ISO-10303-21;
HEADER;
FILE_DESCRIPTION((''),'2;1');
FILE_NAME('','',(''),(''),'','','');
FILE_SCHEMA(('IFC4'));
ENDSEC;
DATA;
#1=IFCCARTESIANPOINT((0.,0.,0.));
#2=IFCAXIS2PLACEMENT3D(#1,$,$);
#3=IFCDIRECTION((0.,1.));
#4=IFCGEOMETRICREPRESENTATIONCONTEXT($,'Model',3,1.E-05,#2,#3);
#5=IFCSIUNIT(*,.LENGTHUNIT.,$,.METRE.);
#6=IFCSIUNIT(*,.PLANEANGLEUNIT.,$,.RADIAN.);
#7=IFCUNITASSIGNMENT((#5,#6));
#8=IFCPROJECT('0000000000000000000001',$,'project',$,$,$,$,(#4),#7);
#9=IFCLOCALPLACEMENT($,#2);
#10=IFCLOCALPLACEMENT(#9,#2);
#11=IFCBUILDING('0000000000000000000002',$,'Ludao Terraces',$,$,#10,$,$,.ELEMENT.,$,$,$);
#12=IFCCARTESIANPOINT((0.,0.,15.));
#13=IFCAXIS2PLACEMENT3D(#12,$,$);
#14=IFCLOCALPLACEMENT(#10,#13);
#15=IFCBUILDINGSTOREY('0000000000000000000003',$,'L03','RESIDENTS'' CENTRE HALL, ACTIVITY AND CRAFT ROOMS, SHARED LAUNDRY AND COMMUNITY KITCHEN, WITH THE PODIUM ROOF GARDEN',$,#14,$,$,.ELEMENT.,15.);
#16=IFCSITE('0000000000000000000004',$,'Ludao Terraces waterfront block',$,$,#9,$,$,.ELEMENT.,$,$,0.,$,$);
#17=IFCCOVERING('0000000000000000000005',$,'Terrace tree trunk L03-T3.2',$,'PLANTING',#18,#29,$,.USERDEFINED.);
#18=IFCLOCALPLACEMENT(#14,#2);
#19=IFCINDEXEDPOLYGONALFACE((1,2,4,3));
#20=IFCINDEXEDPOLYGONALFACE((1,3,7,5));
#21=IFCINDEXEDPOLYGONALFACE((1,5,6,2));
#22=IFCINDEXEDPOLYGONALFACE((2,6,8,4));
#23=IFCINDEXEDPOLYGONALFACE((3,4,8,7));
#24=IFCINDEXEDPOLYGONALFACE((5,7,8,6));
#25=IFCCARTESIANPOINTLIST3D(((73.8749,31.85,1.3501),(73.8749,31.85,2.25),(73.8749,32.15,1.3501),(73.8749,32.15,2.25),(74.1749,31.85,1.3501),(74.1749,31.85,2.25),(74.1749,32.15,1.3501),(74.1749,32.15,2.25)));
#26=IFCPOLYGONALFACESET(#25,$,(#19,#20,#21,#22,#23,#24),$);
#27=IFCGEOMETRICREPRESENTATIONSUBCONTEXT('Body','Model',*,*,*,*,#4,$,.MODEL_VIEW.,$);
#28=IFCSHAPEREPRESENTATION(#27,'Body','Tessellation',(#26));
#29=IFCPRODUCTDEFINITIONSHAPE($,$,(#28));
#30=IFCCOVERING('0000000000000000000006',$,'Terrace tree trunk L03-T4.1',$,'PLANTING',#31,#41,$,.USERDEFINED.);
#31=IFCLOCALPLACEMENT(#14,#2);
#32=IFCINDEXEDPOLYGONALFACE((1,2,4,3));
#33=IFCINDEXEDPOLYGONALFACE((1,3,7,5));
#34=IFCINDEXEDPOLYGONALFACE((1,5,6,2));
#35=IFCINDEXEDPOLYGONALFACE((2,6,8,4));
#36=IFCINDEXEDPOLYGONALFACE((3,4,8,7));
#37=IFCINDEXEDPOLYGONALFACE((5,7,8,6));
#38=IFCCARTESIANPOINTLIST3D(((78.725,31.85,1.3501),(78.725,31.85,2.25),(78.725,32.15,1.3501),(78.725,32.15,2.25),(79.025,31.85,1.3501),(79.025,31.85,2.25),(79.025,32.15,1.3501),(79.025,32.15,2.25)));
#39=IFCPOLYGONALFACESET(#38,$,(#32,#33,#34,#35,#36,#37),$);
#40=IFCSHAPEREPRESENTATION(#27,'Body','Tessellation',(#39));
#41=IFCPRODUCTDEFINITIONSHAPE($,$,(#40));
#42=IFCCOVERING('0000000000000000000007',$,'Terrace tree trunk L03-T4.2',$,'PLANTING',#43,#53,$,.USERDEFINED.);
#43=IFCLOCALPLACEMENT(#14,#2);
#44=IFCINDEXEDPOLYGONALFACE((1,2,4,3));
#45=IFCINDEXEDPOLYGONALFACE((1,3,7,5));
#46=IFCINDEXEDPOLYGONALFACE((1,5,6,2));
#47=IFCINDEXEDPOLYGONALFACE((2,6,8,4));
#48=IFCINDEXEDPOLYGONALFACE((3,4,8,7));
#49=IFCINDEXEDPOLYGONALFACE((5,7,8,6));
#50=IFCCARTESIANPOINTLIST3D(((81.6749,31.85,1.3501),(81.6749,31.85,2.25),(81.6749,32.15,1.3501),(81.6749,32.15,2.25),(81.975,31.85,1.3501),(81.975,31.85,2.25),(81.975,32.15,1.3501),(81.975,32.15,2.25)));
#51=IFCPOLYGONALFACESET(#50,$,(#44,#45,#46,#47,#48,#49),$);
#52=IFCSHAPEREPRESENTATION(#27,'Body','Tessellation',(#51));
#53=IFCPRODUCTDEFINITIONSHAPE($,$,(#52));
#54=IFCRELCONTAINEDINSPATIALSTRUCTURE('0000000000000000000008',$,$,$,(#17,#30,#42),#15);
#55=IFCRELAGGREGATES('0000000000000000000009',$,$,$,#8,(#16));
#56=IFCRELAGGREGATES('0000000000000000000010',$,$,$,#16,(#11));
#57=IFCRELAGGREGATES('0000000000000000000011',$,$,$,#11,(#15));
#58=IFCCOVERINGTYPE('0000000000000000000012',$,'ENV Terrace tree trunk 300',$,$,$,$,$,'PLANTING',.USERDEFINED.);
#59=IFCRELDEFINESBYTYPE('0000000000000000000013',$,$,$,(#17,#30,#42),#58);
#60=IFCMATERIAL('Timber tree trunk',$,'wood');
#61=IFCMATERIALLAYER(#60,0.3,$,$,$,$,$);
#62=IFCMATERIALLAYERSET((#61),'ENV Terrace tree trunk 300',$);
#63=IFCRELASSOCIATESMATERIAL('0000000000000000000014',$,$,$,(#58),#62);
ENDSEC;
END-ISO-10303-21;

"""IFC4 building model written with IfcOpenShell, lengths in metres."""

from ifc_helpers import new_model, si_unit, direction, frame, origin, origin_2d, place, context, subcontext, project, spatial, rectangle, extrude, material, layer, layer_set, type_object, element, save


model = new_model("IFC4")

# Units and contexts
model_context = context("Model", 3, precision=1e-05, world=origin(), true_north=direction((0.0, 1.0)))
body_context = subcontext(model_context, "Body", "Model", "MODEL_VIEW")
ifc_project = project(units=[si_unit("LENGTHUNIT", "METRE"), si_unit("PLANEANGLEUNIT", "RADIAN")], contexts=[model_context])

# Site, building, storey
site_placement = place(None, origin())
site = spatial("IfcSite", under=ifc_project, at=site_placement, Name="Ludao Terraces waterfront block", CompositionType="ELEMENT", RefElevation=0.0)
building_placement = place(site_placement, origin())
building = spatial("IfcBuilding", under=site, at=building_placement, Name="Ludao Terraces", CompositionType="ELEMENT")
storey_placement = place(building_placement, frame((0.0, 0.0, 15.0)))
storey = spatial("IfcBuildingStorey", under=building, at=storey_placement, Name="L03", Description="RESIDENTS' CENTRE HALL, ACTIVITY AND CRAFT ROOMS, SHARED LAUNDRY AND COMMUNITY KITCHEN, WITH THE PODIUM ROOF GARDEN", CompositionType="ELEMENT", Elevation=15.0)

# Coverings
ifc_material_1 = material(Name="Timber tree trunk", Category="wood")
ifc_layer_1 = layer(ifc_material_1, 0.3)
ifc_layer_set_1 = layer_set([ifc_layer_1], Name="ENV Terrace tree trunk 300")
covering_type_1 = type_object("IfcCoveringType", Name="ENV Terrace tree trunk 300", ElementType="PLANTING", PredefinedType="USERDEFINED", material=ifc_layer_set_1)
for number, where, z_axis, x_axis, name in (
    (1, (74.0249, 32.0, 1.3501), (0.0, 0.0, 1.0), (1.0, 0.0, 0.0), "Terrace tree trunk L03-T3.2"),
    (2, (78.875, 32.0, 1.3501), (0.0, 0.0, 1.0), (1.0, 0.0, 0.0), "Terrace tree trunk L03-T4.1"),
    (3, (81.825, 32.0, 1.3501), (0.0, 0.0, 1.0), (1.0, 0.0, 0.0), "Terrace tree trunk L03-T4.2"),
):
    element("IfcCovering", number, at=place(storey_placement, frame(where, z_axis=z_axis, x_axis=x_axis)), inside=storey, type_object=covering_type_1, Name=name, ObjectType="PLANTING", PredefinedType="USERDEFINED", context=body_context, shape_type="SweptSolid", body=[
        extrude(rectangle(XDim=0.3, YDim=0.3, at=origin_2d()), origin(), (0.0, 0.0, 1.0), 0.8999),
    ])

save(model, "model.ifc")
